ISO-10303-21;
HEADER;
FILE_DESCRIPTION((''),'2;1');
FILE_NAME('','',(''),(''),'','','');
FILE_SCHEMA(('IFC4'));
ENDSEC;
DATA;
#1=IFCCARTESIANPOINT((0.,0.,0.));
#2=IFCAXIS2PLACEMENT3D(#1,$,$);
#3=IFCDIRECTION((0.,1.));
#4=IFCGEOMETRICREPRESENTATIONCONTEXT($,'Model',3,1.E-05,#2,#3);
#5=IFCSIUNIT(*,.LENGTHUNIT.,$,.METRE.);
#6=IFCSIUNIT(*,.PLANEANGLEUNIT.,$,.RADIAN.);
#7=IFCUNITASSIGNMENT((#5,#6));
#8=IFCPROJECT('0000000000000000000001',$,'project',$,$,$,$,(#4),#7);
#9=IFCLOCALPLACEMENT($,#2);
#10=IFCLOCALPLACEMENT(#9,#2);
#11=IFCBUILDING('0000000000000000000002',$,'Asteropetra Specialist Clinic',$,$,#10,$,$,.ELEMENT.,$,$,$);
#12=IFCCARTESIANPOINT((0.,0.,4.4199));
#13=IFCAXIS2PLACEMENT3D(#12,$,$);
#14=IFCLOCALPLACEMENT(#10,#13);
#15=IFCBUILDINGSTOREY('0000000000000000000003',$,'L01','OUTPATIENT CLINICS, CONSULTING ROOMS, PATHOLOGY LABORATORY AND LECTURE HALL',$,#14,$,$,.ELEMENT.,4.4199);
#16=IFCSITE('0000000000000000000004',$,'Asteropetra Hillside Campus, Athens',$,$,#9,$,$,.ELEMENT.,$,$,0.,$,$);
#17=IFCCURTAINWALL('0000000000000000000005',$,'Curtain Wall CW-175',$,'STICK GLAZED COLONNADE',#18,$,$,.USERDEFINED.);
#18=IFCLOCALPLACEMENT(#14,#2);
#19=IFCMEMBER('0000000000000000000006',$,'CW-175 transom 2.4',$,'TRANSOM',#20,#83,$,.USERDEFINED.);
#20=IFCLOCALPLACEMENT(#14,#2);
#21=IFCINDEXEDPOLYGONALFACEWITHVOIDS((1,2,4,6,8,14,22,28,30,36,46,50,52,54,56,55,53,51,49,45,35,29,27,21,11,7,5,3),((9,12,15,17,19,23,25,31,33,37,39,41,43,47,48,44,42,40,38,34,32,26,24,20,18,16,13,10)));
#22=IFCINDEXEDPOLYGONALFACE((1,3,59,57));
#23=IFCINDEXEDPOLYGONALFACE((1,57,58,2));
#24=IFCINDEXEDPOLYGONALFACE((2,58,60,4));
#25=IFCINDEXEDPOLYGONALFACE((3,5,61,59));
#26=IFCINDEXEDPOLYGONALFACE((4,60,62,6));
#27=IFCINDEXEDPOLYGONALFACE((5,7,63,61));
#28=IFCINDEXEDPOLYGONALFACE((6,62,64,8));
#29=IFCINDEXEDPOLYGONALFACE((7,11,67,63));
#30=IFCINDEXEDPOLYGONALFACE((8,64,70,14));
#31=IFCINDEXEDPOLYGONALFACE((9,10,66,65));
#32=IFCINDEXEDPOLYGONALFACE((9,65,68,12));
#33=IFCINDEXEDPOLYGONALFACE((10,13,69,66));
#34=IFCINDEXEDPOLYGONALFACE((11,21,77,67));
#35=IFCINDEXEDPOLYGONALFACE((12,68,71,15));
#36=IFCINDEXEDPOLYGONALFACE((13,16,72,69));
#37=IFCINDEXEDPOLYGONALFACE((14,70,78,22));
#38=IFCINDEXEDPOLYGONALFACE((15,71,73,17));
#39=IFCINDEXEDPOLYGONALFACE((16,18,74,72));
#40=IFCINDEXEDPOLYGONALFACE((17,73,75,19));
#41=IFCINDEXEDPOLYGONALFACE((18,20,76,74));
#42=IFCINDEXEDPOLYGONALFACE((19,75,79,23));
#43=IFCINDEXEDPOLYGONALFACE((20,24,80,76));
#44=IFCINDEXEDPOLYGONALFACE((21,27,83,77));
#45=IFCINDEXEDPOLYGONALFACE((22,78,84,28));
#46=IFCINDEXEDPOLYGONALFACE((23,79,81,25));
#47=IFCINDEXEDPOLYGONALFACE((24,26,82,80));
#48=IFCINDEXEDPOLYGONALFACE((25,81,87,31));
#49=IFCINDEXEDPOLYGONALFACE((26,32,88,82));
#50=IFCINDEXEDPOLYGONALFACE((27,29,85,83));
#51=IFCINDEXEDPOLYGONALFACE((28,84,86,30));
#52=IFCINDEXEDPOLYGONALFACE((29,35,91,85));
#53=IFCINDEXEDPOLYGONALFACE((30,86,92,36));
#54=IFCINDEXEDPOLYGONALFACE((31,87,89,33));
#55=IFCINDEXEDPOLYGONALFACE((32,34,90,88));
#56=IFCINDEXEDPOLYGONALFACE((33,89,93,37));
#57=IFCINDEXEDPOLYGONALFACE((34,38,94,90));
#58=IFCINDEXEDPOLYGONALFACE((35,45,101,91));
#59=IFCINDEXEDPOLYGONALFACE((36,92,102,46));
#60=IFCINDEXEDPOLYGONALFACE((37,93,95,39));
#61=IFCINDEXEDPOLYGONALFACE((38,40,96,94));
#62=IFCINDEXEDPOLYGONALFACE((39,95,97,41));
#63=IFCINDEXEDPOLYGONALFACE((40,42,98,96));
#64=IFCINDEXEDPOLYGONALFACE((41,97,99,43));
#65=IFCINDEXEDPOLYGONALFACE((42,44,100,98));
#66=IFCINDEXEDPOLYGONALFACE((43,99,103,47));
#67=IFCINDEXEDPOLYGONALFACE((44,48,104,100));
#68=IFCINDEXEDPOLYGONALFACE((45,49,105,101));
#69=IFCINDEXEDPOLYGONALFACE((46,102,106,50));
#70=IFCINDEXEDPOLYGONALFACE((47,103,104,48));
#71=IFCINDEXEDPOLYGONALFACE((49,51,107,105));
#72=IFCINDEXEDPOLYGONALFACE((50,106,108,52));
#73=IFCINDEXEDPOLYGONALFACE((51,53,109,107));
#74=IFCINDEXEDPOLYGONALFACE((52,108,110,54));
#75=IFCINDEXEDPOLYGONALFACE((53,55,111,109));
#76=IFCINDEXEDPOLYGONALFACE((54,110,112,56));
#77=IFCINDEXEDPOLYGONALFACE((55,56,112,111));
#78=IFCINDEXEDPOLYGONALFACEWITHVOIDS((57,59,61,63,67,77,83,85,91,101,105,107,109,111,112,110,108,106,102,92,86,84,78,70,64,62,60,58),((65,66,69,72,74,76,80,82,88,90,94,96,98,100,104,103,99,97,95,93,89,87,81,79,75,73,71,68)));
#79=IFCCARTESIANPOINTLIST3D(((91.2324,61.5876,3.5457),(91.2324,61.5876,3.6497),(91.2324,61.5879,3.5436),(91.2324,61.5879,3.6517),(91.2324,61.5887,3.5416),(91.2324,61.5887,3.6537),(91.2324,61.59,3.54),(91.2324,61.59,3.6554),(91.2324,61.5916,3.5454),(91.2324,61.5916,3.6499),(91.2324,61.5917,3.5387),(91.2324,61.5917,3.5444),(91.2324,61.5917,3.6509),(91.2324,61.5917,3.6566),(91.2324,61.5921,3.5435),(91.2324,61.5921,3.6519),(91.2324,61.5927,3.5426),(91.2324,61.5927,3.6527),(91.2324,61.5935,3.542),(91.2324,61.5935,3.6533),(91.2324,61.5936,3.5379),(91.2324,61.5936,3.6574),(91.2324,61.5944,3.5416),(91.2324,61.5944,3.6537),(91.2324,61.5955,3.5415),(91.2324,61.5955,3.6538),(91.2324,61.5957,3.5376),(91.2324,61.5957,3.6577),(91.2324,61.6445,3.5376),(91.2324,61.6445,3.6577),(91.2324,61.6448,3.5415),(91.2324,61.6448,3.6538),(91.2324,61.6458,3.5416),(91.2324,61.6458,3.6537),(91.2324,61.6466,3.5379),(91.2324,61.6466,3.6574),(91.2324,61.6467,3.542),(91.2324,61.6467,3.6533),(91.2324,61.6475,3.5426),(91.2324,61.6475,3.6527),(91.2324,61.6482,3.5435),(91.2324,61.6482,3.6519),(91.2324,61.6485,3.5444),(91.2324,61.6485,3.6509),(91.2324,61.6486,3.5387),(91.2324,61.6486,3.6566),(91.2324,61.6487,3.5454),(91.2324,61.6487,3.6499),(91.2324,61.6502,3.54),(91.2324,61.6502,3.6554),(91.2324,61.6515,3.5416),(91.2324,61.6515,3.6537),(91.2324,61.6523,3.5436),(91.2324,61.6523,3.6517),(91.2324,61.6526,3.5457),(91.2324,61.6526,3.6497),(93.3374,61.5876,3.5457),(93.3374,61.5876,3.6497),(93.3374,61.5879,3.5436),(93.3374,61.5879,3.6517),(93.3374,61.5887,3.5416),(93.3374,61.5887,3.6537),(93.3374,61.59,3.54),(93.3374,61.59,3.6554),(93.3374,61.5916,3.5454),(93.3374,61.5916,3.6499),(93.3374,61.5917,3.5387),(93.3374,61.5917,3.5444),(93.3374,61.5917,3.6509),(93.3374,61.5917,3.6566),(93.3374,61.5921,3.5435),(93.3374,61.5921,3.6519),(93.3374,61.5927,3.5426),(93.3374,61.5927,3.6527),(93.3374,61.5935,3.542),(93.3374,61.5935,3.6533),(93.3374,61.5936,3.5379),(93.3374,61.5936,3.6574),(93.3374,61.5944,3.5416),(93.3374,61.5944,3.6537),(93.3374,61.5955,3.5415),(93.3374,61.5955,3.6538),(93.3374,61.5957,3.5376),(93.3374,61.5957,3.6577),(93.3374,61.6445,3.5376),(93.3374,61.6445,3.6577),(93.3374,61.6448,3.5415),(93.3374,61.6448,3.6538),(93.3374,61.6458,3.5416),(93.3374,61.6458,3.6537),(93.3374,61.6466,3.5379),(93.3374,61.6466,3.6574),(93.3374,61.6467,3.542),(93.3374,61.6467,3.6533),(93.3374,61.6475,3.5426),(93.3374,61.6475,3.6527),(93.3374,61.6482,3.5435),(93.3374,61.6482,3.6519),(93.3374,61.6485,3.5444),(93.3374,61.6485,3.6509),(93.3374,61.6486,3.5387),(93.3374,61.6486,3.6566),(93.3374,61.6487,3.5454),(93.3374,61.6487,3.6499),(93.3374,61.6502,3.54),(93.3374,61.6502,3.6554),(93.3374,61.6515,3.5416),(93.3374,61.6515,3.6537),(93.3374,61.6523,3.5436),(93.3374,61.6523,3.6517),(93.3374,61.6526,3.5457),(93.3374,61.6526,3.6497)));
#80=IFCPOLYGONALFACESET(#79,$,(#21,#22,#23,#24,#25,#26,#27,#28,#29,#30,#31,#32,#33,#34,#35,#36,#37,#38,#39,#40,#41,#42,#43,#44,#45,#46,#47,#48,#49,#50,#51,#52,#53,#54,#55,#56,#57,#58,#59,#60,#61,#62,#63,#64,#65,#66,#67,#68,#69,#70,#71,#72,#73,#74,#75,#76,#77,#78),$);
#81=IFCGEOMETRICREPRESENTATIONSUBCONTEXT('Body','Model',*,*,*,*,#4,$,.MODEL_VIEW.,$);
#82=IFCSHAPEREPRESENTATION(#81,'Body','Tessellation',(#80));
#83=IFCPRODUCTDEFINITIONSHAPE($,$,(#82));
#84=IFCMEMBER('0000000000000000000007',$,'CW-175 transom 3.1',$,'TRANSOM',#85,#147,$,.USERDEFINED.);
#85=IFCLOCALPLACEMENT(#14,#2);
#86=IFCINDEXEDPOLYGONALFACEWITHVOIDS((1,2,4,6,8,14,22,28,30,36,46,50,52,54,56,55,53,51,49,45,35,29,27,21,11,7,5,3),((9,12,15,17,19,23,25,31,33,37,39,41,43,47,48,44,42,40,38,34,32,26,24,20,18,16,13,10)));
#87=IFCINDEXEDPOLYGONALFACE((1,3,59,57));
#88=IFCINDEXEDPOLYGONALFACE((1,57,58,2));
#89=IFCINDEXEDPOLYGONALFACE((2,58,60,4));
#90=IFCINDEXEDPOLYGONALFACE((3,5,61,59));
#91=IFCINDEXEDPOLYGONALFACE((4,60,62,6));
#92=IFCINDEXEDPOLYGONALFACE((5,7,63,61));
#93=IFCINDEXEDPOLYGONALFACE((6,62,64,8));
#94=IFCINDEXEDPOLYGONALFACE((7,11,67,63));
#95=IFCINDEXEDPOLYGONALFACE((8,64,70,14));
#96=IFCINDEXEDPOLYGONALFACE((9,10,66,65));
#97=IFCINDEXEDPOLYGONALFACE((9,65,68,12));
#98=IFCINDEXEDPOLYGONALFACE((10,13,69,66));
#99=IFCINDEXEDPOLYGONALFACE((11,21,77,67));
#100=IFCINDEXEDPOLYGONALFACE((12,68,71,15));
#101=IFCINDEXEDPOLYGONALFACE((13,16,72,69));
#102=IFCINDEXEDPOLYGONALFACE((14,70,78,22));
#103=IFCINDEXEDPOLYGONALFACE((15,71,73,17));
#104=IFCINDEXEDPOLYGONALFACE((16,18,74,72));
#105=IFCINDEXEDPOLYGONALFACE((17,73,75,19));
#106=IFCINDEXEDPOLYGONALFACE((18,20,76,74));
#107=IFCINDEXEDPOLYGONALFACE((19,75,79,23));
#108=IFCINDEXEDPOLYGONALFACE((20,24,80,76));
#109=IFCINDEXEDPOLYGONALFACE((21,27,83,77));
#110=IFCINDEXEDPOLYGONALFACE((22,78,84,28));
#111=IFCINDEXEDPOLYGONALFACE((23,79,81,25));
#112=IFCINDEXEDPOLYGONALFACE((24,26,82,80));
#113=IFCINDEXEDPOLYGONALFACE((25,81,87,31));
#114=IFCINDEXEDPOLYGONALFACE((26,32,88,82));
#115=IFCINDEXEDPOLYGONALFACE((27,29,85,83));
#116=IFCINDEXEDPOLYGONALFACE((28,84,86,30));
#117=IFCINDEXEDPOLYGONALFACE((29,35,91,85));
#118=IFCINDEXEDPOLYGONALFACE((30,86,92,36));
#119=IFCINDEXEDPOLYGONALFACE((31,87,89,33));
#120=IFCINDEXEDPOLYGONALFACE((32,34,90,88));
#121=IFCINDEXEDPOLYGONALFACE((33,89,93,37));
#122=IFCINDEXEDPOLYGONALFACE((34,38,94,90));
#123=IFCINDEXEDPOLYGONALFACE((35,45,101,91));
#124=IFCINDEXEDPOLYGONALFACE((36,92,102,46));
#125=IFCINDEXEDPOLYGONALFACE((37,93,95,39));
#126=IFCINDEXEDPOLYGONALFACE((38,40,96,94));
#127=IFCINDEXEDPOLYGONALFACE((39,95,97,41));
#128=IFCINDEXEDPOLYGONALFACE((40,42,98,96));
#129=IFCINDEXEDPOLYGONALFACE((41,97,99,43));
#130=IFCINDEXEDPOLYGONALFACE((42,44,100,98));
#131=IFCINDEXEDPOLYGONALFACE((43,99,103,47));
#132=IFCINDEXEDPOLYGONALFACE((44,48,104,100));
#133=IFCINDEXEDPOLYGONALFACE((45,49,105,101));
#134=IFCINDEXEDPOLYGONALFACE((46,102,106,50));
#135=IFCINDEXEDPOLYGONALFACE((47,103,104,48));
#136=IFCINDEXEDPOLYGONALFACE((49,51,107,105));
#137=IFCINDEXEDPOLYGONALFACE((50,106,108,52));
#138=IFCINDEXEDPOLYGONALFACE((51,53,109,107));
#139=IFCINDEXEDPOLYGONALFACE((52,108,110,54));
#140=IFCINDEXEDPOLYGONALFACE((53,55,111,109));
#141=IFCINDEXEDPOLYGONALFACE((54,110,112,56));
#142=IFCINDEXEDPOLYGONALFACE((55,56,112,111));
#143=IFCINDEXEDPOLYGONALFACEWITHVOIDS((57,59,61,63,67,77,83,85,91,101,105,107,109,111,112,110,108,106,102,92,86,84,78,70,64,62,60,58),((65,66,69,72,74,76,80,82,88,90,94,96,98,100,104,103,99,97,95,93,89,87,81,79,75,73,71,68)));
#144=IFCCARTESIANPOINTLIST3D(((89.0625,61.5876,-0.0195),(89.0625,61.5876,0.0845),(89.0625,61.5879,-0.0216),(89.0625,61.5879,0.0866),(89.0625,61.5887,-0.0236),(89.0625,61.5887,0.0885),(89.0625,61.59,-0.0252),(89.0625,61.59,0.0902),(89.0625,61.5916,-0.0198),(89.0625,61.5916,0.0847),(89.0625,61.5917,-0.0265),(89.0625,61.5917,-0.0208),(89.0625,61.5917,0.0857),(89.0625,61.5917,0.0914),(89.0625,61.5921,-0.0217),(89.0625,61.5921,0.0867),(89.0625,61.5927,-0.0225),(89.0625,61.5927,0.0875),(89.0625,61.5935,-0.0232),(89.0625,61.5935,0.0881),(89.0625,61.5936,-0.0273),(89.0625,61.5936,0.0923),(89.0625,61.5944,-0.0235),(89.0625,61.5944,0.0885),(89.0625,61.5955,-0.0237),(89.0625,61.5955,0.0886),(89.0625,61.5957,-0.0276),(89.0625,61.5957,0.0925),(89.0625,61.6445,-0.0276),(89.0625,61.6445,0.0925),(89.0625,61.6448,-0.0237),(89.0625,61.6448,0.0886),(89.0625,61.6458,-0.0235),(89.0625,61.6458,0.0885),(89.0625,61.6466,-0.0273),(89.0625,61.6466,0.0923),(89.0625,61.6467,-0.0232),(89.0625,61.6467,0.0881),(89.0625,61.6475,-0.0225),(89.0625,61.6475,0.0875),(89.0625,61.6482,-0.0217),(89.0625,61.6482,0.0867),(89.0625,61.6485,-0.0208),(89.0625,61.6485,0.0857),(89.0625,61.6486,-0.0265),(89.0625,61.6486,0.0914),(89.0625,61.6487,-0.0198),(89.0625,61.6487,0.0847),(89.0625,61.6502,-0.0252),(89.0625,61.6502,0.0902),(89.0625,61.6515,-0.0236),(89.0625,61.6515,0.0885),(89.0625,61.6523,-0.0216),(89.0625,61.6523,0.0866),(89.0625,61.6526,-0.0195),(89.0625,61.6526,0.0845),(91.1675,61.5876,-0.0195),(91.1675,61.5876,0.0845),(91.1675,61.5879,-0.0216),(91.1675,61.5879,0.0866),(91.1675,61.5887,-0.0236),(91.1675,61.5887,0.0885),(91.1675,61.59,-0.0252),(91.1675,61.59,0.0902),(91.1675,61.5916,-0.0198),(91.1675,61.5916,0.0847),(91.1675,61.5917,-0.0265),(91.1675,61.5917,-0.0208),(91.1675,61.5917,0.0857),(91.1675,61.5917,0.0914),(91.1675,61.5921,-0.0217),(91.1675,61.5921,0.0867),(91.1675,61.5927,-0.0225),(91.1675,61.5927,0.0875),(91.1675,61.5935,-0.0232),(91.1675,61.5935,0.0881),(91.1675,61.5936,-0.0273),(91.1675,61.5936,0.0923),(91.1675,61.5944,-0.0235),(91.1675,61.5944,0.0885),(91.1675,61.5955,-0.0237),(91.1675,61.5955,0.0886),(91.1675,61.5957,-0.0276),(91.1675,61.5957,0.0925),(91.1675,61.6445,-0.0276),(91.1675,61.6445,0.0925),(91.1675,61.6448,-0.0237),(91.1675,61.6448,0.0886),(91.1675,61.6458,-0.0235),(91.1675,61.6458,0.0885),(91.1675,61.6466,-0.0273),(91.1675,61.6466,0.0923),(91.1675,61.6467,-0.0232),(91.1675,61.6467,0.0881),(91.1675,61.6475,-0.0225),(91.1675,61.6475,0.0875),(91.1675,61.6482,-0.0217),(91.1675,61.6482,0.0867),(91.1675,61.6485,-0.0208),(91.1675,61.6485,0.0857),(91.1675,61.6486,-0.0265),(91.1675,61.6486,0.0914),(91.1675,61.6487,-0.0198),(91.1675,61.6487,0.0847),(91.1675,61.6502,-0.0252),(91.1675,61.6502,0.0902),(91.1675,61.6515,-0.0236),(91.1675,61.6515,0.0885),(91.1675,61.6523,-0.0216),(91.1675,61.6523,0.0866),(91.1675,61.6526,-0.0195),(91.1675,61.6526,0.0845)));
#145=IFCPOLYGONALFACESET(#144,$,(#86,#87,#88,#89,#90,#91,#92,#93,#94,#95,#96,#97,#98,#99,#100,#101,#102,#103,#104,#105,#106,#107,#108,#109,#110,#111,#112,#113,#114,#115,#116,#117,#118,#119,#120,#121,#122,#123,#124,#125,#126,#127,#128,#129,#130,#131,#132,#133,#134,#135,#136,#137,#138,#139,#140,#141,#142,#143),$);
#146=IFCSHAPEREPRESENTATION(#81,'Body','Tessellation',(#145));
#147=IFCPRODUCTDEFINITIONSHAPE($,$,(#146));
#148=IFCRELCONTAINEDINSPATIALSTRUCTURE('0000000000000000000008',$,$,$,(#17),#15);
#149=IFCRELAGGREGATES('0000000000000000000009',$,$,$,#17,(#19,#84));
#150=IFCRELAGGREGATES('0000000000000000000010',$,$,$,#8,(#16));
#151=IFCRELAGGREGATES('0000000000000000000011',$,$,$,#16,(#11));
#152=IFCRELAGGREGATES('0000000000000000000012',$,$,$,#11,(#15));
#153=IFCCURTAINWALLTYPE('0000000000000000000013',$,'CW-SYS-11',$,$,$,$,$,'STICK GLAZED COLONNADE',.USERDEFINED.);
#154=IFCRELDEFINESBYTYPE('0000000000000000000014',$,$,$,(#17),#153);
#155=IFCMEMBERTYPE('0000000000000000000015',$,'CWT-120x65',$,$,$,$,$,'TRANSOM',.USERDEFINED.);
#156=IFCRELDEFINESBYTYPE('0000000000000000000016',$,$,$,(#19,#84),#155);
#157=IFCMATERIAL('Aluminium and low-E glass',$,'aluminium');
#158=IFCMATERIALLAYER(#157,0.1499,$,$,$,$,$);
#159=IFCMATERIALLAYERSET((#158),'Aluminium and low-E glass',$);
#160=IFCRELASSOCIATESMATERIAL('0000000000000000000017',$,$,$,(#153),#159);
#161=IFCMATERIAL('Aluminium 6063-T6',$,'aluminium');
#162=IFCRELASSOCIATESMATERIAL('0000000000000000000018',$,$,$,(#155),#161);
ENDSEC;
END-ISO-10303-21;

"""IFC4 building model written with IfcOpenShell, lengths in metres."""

from ifc_helpers import new_model, si_unit, direction, frame, origin, origin_2d, place, context, subcontext, project, spatial, hollow_rectangle, extrude, material, layer, layer_set, material_profile, profile_set, type_object, element, aggregate, save


model = new_model("IFC4")

# Units and contexts
model_context = context("Model", 3, precision=1e-05, world=origin(), true_north=direction((0.0, 1.0)))
body_context = subcontext(model_context, "Body", "Model", "MODEL_VIEW")
ifc_project = project(units=[si_unit("LENGTHUNIT", "METRE"), si_unit("PLANEANGLEUNIT", "RADIAN")], contexts=[model_context])

# Site, building, storey
site_placement = place(None, origin())
site = spatial("IfcSite", under=ifc_project, at=site_placement, Name="Asteropetra Hillside Campus, Athens", CompositionType="ELEMENT", RefElevation=0.0)
building_placement = place(site_placement, origin())
building = spatial("IfcBuilding", under=site, at=building_placement, Name="Asteropetra Specialist Clinic", CompositionType="ELEMENT")
storey_placement = place(building_placement, frame((0.0, 0.0, 4.4199)))
storey = spatial("IfcBuildingStorey", under=building, at=storey_placement, Name="L01", Description="OUTPATIENT CLINICS, CONSULTING ROOMS, PATHOLOGY LABORATORY AND LECTURE HALL", CompositionType="ELEMENT", Elevation=4.4199)

# Curtain wall, members
ifc_material_1 = material(Name="Aluminium and low-E glass", Category="aluminium")
ifc_layer_1 = layer(ifc_material_1, 0.1499)
ifc_layer_set_1 = layer_set([ifc_layer_1], Name="Aluminium and low-E glass")
curtain_wall_type = type_object("IfcCurtainWallType", Name="CW-SYS-11", ElementType="STICK GLAZED COLONNADE", PredefinedType="USERDEFINED", material=ifc_layer_set_1)
curtain_wall_placement = place(storey_placement, origin())
curtain_wall = element("IfcCurtainWall", 1, at=curtain_wall_placement, inside=storey, type_object=curtain_wall_type, Name="Curtain Wall CW-175", ObjectType="STICK GLAZED COLONNADE", PredefinedType="USERDEFINED")
ifc_material_2 = material(Name="Aluminium 6063-T6", Category="aluminium")
ifc_material_profile_1 = material_profile(ifc_material_2, hollow_rectangle(XDim=0.0649, YDim=0.1201, WallThickness=0.0039, InnerFilletRadius=0.0039, OuterFilletRadius=0.0081, at=origin_2d()), Name="TRN 120x65x4.0")
ifc_profile_set_1 = profile_set([ifc_material_profile_1], Name="Aluminium 6063-T6")
member_type_1 = type_object("IfcMemberType", Name="CWT-120x65", ElementType="TRANSOM", PredefinedType="USERDEFINED", material=ifc_profile_set_1)
member_1_placement = place(storey_placement, frame((93.3374, 61.6201, 3.5977), z_axis=(-1.0, 0.0, 0.0), x_axis=(0.0, -1.0, 0.0)))
member_1 = element("IfcMember", 2, at=member_1_placement, type_object=member_type_1, Name="CW-175 transom 2.4", ObjectType="TRANSOM", PredefinedType="USERDEFINED", context=body_context, shape_type="SweptSolid", body=[
    extrude(hollow_rectangle(XDim=0.0649, YDim=0.1201, WallThickness=0.0039, InnerFilletRadius=0.0039, OuterFilletRadius=0.0081, at=origin_2d()), origin(), (0.0, 0.0, 1.0), 2.105),
])
member_2_placement = place(storey_placement, frame((91.1675, 61.6201, 0.0325), z_axis=(-1.0, 0.0, 0.0), x_axis=(0.0, -1.0, 0.0)))
member_2 = element("IfcMember", 3, at=member_2_placement, type_object=member_type_1, Name="CW-175 transom 3.1", ObjectType="TRANSOM", PredefinedType="USERDEFINED", context=body_context, shape_type="SweptSolid", body=[
    extrude(hollow_rectangle(XDim=0.0649, YDim=0.1201, WallThickness=0.0039, InnerFilletRadius=0.0039, OuterFilletRadius=0.0081, at=origin_2d()), origin(), (0.0, 0.0, 1.0), 2.105),
])
aggregate(curtain_wall, [member_1, member_2])

save(model, "model.ifc")
